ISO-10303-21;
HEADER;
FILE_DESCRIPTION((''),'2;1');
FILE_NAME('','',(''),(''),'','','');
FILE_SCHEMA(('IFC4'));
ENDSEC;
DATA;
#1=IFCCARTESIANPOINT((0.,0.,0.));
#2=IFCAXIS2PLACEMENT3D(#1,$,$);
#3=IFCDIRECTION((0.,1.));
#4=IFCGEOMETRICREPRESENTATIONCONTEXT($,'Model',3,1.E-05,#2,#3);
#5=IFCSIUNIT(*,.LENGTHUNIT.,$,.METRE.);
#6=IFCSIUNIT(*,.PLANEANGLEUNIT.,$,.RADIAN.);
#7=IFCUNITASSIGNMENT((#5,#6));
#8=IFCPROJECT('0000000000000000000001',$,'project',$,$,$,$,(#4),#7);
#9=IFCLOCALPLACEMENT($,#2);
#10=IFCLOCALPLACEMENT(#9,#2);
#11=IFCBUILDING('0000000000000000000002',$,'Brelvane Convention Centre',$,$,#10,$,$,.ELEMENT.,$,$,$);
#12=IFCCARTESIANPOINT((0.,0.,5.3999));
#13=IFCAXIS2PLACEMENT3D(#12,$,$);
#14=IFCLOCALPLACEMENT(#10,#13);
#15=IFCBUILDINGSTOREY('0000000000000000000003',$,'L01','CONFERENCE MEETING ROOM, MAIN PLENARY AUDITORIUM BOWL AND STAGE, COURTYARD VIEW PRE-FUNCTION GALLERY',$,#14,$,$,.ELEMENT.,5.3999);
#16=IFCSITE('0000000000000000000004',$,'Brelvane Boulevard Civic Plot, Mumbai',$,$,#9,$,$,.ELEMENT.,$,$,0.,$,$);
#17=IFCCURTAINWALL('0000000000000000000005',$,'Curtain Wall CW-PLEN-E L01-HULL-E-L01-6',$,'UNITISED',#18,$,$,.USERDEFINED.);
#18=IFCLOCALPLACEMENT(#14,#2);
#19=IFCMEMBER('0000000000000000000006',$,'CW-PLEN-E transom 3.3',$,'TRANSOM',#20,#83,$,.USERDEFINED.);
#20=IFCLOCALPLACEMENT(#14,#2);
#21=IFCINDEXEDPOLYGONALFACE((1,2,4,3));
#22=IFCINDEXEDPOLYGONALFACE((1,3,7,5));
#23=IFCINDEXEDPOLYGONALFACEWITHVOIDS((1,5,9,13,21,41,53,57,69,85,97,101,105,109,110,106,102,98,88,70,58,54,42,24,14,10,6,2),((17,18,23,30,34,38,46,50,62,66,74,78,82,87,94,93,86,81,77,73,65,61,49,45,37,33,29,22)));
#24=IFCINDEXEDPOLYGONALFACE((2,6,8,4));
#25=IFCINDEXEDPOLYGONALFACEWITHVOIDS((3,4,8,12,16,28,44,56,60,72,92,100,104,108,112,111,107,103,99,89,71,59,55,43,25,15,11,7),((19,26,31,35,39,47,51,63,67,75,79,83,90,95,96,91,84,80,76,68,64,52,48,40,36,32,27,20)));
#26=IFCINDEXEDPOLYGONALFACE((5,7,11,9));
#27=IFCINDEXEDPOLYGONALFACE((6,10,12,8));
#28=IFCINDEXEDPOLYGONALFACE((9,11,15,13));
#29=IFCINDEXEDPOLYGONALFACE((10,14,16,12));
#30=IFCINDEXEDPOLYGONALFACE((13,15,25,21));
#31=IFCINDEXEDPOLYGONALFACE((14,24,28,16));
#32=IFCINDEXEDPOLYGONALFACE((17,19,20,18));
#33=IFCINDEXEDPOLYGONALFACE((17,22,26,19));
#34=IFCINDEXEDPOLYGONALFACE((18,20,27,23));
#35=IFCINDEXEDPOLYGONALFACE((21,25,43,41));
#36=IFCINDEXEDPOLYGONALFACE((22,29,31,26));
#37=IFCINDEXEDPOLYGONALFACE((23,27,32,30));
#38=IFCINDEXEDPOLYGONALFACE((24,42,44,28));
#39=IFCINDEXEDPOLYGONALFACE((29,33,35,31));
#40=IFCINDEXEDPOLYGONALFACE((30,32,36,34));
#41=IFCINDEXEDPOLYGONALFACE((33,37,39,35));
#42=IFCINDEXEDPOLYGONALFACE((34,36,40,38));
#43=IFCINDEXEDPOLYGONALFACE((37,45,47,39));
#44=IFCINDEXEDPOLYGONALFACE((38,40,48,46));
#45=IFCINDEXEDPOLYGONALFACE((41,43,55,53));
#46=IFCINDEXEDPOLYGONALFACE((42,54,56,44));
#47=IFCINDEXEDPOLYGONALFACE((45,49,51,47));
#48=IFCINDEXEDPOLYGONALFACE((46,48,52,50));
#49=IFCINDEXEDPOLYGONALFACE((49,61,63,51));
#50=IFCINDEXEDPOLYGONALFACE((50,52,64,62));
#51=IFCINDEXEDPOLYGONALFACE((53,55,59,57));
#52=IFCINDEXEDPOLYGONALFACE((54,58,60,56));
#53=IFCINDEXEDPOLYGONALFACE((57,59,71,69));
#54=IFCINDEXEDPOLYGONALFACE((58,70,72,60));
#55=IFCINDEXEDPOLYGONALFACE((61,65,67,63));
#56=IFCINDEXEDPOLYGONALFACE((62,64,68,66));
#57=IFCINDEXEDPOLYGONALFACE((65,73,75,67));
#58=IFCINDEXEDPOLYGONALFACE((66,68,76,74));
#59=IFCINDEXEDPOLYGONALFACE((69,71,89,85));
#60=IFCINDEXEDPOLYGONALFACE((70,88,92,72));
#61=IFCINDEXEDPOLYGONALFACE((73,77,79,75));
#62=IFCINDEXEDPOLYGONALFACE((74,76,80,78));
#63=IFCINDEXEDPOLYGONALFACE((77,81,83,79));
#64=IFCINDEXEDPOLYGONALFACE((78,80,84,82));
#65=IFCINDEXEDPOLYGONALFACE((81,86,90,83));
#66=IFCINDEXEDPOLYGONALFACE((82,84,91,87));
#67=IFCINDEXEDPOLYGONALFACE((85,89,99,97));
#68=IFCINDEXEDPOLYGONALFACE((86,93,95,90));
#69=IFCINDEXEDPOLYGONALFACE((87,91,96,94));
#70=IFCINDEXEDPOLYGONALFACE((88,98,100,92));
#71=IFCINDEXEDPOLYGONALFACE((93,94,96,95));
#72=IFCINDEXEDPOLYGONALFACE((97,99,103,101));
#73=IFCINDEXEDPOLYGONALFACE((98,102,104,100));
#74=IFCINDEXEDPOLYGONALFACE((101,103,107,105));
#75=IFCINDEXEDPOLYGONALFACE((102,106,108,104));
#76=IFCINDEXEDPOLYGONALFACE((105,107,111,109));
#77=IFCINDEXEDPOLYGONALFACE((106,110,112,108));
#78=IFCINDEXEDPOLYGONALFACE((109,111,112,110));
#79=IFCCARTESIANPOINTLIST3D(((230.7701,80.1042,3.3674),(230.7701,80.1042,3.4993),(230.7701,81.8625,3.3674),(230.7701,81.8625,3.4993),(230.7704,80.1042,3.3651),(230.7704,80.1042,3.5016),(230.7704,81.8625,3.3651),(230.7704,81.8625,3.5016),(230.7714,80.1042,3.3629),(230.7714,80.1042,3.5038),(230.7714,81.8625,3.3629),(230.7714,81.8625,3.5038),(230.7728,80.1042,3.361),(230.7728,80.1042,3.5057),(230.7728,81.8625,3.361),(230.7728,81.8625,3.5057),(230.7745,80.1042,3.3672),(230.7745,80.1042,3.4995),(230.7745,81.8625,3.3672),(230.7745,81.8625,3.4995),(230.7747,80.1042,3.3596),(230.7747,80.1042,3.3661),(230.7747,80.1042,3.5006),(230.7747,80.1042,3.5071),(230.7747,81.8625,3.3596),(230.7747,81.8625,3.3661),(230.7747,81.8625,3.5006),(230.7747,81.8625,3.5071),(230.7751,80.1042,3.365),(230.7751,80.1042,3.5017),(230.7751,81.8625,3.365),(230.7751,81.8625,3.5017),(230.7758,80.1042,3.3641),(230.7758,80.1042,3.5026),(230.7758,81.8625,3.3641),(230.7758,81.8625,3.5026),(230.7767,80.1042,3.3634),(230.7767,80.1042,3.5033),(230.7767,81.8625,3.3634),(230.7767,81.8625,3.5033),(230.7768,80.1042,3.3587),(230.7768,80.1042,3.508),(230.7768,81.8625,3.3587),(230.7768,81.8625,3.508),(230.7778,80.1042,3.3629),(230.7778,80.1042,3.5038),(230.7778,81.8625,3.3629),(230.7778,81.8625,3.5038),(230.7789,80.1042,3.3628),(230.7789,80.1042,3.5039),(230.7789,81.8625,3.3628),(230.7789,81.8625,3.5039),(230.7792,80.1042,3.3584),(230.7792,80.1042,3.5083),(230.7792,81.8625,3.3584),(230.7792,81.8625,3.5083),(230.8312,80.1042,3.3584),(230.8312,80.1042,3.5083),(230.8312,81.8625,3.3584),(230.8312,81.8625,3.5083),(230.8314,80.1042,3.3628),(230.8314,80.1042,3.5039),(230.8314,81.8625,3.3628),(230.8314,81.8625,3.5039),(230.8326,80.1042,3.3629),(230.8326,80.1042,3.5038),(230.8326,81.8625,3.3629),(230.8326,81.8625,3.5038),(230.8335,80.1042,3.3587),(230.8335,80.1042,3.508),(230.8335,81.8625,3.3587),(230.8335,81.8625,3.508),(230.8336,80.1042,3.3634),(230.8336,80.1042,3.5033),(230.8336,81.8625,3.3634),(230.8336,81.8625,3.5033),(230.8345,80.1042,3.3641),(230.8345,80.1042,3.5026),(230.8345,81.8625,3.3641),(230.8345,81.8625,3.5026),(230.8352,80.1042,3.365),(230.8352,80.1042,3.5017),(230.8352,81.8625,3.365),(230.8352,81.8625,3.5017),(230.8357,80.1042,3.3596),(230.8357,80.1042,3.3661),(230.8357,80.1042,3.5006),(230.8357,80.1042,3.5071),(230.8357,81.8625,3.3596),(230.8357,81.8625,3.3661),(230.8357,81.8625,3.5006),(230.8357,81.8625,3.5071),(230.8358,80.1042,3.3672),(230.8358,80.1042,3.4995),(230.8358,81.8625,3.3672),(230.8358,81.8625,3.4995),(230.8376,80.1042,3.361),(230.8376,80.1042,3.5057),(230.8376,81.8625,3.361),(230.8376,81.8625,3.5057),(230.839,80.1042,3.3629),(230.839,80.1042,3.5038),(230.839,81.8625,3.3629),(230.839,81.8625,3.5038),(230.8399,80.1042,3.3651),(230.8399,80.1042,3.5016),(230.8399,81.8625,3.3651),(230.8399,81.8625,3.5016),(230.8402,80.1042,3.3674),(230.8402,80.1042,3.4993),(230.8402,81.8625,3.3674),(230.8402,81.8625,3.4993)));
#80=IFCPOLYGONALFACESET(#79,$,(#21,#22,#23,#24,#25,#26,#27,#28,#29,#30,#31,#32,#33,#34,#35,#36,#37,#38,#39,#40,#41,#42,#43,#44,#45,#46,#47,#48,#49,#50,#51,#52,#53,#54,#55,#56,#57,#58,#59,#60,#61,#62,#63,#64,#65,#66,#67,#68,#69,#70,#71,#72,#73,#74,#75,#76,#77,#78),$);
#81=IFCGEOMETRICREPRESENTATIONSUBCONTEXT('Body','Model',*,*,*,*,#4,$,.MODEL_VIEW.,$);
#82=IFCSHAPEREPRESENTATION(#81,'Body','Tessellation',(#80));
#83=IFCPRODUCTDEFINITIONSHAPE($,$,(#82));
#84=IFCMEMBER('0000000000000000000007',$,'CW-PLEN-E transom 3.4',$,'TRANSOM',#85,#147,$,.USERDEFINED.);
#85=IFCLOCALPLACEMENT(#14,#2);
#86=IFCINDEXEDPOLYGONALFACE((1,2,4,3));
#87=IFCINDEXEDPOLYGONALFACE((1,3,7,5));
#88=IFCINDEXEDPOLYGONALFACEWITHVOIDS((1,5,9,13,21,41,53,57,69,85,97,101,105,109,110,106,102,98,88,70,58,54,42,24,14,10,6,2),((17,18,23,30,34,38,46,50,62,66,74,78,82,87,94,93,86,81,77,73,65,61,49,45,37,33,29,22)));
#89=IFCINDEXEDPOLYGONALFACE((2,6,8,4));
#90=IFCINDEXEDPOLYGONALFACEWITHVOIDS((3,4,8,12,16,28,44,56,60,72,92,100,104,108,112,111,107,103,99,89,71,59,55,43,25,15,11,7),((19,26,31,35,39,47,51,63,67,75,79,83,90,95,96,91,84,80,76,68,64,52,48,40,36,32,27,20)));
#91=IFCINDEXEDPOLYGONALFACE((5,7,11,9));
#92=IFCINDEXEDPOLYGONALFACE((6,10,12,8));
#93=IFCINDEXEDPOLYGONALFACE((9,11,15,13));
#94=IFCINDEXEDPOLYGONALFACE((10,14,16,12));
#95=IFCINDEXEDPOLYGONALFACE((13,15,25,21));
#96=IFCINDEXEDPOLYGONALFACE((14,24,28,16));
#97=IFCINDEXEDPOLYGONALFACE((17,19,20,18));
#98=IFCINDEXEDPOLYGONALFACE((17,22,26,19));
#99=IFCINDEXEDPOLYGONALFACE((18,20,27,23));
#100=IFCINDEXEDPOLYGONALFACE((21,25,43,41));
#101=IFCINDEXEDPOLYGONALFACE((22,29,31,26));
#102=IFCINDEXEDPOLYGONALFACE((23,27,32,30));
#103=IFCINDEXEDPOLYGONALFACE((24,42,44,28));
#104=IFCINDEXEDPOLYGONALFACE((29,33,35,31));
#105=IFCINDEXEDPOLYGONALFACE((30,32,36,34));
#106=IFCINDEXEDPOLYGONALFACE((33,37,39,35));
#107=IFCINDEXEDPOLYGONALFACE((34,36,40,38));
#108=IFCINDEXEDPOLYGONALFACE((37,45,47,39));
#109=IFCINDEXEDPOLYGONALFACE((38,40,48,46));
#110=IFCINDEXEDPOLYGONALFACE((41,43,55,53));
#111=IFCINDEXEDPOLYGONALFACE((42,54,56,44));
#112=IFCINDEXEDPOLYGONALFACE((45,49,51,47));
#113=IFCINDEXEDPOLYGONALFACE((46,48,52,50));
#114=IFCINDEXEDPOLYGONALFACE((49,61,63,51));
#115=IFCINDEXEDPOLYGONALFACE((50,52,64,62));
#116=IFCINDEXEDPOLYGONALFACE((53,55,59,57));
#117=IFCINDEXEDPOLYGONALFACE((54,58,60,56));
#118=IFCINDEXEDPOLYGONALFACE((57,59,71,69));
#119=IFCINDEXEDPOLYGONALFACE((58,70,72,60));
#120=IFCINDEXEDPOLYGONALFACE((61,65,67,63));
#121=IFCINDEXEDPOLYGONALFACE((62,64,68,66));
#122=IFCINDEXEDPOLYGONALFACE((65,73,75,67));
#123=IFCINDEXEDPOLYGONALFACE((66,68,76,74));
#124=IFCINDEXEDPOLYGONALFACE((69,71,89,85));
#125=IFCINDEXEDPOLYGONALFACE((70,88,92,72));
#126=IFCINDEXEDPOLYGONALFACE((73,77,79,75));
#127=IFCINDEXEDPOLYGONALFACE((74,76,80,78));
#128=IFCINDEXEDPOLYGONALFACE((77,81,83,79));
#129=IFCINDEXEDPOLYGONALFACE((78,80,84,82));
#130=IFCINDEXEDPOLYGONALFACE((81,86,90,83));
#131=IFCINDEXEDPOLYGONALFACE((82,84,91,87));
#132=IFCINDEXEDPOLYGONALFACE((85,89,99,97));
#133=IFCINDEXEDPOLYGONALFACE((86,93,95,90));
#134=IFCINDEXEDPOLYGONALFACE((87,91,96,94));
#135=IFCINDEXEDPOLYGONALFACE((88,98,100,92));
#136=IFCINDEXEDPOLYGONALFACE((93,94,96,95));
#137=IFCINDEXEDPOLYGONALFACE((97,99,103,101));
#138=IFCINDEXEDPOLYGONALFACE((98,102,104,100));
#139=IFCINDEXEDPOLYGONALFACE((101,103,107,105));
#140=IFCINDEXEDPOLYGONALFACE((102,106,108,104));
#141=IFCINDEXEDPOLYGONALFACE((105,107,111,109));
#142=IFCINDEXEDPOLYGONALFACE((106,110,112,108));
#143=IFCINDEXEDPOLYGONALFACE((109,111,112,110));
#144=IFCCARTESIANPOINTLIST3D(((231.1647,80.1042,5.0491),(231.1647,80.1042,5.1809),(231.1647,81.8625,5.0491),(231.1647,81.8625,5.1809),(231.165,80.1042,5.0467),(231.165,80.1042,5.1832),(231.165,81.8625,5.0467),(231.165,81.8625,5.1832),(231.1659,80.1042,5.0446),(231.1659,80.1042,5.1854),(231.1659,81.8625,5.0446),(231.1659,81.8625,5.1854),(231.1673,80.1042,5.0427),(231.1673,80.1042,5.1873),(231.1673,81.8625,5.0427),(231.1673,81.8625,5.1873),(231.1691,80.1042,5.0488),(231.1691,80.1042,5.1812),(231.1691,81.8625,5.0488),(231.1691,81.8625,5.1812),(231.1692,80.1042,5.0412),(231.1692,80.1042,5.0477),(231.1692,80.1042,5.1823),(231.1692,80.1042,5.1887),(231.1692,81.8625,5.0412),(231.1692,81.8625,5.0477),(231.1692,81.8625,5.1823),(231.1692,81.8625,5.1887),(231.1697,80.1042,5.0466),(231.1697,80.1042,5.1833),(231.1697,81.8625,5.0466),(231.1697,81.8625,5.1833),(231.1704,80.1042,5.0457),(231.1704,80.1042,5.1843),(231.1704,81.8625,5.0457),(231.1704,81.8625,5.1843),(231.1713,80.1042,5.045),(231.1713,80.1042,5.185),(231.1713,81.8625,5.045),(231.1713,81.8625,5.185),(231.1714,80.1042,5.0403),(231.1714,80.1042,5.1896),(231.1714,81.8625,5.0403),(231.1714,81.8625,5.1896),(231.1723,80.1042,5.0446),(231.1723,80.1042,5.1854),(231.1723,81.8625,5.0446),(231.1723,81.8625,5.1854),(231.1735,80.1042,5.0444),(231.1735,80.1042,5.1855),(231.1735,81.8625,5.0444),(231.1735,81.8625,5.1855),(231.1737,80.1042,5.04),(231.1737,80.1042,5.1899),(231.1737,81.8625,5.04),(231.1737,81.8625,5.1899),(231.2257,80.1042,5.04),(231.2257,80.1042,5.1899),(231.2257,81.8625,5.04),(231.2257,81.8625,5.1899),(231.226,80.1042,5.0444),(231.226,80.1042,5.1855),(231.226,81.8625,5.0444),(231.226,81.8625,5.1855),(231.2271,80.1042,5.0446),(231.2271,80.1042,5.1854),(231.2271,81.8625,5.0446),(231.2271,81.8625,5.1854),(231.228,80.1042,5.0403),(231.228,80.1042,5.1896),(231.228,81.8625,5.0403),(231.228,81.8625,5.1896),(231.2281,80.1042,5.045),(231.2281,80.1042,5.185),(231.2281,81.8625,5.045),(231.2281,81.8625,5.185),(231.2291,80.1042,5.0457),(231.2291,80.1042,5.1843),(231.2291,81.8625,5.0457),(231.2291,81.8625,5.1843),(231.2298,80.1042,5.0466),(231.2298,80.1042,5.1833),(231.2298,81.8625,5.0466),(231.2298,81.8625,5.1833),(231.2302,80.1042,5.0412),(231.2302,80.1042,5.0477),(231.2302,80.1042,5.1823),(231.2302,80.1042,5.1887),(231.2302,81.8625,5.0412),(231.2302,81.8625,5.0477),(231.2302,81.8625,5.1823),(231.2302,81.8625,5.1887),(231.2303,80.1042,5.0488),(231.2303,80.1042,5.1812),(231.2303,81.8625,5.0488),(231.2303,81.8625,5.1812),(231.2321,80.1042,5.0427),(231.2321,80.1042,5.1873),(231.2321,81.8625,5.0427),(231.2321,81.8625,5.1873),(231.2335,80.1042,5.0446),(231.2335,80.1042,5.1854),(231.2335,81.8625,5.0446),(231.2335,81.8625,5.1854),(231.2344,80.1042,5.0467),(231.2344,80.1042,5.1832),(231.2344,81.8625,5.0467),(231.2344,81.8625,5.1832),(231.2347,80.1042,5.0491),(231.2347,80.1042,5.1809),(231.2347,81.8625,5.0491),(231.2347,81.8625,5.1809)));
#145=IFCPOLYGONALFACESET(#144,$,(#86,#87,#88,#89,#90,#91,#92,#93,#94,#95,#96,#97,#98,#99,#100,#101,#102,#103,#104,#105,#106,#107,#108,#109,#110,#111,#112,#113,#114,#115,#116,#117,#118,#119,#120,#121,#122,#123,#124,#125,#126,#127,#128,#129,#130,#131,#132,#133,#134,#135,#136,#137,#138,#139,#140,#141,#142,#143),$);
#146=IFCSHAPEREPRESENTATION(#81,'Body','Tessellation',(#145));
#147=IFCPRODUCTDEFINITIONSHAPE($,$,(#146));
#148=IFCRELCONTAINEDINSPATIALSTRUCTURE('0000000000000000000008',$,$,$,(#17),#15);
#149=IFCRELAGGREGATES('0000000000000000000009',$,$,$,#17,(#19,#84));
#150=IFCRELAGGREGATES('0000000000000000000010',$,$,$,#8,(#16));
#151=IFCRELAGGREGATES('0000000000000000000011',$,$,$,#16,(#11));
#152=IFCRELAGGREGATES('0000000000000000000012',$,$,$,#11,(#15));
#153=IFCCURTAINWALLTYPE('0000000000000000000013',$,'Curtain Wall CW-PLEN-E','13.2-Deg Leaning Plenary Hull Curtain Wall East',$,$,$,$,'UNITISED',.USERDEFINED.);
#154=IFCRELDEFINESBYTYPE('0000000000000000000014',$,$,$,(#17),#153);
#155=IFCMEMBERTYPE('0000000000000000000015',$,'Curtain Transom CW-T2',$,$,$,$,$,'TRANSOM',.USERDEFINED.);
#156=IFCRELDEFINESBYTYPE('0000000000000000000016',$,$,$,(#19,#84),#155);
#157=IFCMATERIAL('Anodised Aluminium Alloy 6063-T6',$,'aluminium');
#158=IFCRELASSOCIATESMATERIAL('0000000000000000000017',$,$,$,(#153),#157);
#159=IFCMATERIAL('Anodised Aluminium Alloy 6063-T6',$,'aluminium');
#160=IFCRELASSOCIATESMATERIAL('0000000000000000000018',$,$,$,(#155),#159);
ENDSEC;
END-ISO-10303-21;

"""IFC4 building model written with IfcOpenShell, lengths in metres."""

from ifc_helpers import new_model, si_unit, direction, frame, origin, origin_2d, place, context, subcontext, project, spatial, hollow_rectangle, extrude, material, material_profile, profile_set, type_object, element, aggregate, save


model = new_model("IFC4")

# Units and contexts
model_context = context("Model", 3, precision=1e-05, world=origin(), true_north=direction((0.0, 1.0)))
body_context = subcontext(model_context, "Body", "Model", "MODEL_VIEW")
ifc_project = project(units=[si_unit("LENGTHUNIT", "METRE"), si_unit("PLANEANGLEUNIT", "RADIAN")], contexts=[model_context])

# Site, building, storey
site_placement = place(None, origin())
site = spatial("IfcSite", under=ifc_project, at=site_placement, Name="Brelvane Boulevard Civic Plot, Mumbai", CompositionType="ELEMENT", RefElevation=0.0)
building_placement = place(site_placement, origin())
building = spatial("IfcBuilding", under=site, at=building_placement, Name="Brelvane Convention Centre", CompositionType="ELEMENT")
storey_placement = place(building_placement, frame((0.0, 0.0, 5.3999)))
storey = spatial("IfcBuildingStorey", under=building, at=storey_placement, Name="L01", Description="CONFERENCE MEETING ROOM, MAIN PLENARY AUDITORIUM BOWL AND STAGE, COURTYARD VIEW PRE-FUNCTION GALLERY", CompositionType="ELEMENT", Elevation=5.3999)

# Curtain wall, members
ifc_material_1 = material(Name="Anodised Aluminium Alloy 6063-T6", Category="aluminium")
curtain_wall_type = type_object("IfcCurtainWallType", Name="Curtain Wall CW-PLEN-E", Description="13.2-Deg Leaning Plenary Hull Curtain Wall East", ElementType="UNITISED", PredefinedType="USERDEFINED", material=ifc_material_1)
curtain_wall_placement = place(storey_placement, origin())
curtain_wall = element("IfcCurtainWall", 1, at=curtain_wall_placement, inside=storey, type_object=curtain_wall_type, Name="Curtain Wall CW-PLEN-E L01-HULL-E-L01-6", ObjectType="UNITISED", PredefinedType="USERDEFINED")
ifc_material_2 = material(Name="Anodised Aluminium Alloy 6063-T6", Category="aluminium")
ifc_material_profile_1 = material_profile(ifc_material_2, hollow_rectangle(XDim=0.0701, YDim=0.1499, WallThickness=0.0044, InnerFilletRadius=0.0044, OuterFilletRadius=0.009, at=origin_2d()), Name="ALU-T 150x70x4.5")
ifc_profile_set_1 = profile_set([ifc_material_profile_1], Name="Anodised Aluminium Alloy 6063-T6")
member_type_1 = type_object("IfcMemberType", Name="Curtain Transom CW-T2", ElementType="TRANSOM", PredefinedType="USERDEFINED", material=ifc_profile_set_1)
member_1_placement = place(storey_placement, frame((230.8052, 80.1042, 3.4333), z_axis=(0.0, 1.0, 0.0), x_axis=(-1.0, 0.0, 0.0)))
member_1 = element("IfcMember", 2, at=member_1_placement, type_object=member_type_1, Name="CW-PLEN-E transom 3.3", ObjectType="TRANSOM", PredefinedType="USERDEFINED", context=body_context, shape_type="SweptSolid", body=[
    extrude(hollow_rectangle(XDim=0.0701, YDim=0.1499, WallThickness=0.0044, InnerFilletRadius=0.0044, OuterFilletRadius=0.009, at=origin_2d()), origin(), (0.0, 0.0, 1.0), 1.7583),
])
member_2_placement = place(storey_placement, frame((231.1997, 80.1042, 5.115), z_axis=(0.0, 1.0, 0.0), x_axis=(-1.0, 0.0, 0.0)))
member_2 = element("IfcMember", 3, at=member_2_placement, type_object=member_type_1, Name="CW-PLEN-E transom 3.4", ObjectType="TRANSOM", PredefinedType="USERDEFINED", context=body_context, shape_type="SweptSolid", body=[
    extrude(hollow_rectangle(XDim=0.0701, YDim=0.1499, WallThickness=0.0044, InnerFilletRadius=0.0044, OuterFilletRadius=0.009, at=origin_2d()), origin(), (0.0, 0.0, 1.0), 1.7583),
])

aggregate(curtain_wall, [member_1, member_2])

save(model, "model.ifc")
